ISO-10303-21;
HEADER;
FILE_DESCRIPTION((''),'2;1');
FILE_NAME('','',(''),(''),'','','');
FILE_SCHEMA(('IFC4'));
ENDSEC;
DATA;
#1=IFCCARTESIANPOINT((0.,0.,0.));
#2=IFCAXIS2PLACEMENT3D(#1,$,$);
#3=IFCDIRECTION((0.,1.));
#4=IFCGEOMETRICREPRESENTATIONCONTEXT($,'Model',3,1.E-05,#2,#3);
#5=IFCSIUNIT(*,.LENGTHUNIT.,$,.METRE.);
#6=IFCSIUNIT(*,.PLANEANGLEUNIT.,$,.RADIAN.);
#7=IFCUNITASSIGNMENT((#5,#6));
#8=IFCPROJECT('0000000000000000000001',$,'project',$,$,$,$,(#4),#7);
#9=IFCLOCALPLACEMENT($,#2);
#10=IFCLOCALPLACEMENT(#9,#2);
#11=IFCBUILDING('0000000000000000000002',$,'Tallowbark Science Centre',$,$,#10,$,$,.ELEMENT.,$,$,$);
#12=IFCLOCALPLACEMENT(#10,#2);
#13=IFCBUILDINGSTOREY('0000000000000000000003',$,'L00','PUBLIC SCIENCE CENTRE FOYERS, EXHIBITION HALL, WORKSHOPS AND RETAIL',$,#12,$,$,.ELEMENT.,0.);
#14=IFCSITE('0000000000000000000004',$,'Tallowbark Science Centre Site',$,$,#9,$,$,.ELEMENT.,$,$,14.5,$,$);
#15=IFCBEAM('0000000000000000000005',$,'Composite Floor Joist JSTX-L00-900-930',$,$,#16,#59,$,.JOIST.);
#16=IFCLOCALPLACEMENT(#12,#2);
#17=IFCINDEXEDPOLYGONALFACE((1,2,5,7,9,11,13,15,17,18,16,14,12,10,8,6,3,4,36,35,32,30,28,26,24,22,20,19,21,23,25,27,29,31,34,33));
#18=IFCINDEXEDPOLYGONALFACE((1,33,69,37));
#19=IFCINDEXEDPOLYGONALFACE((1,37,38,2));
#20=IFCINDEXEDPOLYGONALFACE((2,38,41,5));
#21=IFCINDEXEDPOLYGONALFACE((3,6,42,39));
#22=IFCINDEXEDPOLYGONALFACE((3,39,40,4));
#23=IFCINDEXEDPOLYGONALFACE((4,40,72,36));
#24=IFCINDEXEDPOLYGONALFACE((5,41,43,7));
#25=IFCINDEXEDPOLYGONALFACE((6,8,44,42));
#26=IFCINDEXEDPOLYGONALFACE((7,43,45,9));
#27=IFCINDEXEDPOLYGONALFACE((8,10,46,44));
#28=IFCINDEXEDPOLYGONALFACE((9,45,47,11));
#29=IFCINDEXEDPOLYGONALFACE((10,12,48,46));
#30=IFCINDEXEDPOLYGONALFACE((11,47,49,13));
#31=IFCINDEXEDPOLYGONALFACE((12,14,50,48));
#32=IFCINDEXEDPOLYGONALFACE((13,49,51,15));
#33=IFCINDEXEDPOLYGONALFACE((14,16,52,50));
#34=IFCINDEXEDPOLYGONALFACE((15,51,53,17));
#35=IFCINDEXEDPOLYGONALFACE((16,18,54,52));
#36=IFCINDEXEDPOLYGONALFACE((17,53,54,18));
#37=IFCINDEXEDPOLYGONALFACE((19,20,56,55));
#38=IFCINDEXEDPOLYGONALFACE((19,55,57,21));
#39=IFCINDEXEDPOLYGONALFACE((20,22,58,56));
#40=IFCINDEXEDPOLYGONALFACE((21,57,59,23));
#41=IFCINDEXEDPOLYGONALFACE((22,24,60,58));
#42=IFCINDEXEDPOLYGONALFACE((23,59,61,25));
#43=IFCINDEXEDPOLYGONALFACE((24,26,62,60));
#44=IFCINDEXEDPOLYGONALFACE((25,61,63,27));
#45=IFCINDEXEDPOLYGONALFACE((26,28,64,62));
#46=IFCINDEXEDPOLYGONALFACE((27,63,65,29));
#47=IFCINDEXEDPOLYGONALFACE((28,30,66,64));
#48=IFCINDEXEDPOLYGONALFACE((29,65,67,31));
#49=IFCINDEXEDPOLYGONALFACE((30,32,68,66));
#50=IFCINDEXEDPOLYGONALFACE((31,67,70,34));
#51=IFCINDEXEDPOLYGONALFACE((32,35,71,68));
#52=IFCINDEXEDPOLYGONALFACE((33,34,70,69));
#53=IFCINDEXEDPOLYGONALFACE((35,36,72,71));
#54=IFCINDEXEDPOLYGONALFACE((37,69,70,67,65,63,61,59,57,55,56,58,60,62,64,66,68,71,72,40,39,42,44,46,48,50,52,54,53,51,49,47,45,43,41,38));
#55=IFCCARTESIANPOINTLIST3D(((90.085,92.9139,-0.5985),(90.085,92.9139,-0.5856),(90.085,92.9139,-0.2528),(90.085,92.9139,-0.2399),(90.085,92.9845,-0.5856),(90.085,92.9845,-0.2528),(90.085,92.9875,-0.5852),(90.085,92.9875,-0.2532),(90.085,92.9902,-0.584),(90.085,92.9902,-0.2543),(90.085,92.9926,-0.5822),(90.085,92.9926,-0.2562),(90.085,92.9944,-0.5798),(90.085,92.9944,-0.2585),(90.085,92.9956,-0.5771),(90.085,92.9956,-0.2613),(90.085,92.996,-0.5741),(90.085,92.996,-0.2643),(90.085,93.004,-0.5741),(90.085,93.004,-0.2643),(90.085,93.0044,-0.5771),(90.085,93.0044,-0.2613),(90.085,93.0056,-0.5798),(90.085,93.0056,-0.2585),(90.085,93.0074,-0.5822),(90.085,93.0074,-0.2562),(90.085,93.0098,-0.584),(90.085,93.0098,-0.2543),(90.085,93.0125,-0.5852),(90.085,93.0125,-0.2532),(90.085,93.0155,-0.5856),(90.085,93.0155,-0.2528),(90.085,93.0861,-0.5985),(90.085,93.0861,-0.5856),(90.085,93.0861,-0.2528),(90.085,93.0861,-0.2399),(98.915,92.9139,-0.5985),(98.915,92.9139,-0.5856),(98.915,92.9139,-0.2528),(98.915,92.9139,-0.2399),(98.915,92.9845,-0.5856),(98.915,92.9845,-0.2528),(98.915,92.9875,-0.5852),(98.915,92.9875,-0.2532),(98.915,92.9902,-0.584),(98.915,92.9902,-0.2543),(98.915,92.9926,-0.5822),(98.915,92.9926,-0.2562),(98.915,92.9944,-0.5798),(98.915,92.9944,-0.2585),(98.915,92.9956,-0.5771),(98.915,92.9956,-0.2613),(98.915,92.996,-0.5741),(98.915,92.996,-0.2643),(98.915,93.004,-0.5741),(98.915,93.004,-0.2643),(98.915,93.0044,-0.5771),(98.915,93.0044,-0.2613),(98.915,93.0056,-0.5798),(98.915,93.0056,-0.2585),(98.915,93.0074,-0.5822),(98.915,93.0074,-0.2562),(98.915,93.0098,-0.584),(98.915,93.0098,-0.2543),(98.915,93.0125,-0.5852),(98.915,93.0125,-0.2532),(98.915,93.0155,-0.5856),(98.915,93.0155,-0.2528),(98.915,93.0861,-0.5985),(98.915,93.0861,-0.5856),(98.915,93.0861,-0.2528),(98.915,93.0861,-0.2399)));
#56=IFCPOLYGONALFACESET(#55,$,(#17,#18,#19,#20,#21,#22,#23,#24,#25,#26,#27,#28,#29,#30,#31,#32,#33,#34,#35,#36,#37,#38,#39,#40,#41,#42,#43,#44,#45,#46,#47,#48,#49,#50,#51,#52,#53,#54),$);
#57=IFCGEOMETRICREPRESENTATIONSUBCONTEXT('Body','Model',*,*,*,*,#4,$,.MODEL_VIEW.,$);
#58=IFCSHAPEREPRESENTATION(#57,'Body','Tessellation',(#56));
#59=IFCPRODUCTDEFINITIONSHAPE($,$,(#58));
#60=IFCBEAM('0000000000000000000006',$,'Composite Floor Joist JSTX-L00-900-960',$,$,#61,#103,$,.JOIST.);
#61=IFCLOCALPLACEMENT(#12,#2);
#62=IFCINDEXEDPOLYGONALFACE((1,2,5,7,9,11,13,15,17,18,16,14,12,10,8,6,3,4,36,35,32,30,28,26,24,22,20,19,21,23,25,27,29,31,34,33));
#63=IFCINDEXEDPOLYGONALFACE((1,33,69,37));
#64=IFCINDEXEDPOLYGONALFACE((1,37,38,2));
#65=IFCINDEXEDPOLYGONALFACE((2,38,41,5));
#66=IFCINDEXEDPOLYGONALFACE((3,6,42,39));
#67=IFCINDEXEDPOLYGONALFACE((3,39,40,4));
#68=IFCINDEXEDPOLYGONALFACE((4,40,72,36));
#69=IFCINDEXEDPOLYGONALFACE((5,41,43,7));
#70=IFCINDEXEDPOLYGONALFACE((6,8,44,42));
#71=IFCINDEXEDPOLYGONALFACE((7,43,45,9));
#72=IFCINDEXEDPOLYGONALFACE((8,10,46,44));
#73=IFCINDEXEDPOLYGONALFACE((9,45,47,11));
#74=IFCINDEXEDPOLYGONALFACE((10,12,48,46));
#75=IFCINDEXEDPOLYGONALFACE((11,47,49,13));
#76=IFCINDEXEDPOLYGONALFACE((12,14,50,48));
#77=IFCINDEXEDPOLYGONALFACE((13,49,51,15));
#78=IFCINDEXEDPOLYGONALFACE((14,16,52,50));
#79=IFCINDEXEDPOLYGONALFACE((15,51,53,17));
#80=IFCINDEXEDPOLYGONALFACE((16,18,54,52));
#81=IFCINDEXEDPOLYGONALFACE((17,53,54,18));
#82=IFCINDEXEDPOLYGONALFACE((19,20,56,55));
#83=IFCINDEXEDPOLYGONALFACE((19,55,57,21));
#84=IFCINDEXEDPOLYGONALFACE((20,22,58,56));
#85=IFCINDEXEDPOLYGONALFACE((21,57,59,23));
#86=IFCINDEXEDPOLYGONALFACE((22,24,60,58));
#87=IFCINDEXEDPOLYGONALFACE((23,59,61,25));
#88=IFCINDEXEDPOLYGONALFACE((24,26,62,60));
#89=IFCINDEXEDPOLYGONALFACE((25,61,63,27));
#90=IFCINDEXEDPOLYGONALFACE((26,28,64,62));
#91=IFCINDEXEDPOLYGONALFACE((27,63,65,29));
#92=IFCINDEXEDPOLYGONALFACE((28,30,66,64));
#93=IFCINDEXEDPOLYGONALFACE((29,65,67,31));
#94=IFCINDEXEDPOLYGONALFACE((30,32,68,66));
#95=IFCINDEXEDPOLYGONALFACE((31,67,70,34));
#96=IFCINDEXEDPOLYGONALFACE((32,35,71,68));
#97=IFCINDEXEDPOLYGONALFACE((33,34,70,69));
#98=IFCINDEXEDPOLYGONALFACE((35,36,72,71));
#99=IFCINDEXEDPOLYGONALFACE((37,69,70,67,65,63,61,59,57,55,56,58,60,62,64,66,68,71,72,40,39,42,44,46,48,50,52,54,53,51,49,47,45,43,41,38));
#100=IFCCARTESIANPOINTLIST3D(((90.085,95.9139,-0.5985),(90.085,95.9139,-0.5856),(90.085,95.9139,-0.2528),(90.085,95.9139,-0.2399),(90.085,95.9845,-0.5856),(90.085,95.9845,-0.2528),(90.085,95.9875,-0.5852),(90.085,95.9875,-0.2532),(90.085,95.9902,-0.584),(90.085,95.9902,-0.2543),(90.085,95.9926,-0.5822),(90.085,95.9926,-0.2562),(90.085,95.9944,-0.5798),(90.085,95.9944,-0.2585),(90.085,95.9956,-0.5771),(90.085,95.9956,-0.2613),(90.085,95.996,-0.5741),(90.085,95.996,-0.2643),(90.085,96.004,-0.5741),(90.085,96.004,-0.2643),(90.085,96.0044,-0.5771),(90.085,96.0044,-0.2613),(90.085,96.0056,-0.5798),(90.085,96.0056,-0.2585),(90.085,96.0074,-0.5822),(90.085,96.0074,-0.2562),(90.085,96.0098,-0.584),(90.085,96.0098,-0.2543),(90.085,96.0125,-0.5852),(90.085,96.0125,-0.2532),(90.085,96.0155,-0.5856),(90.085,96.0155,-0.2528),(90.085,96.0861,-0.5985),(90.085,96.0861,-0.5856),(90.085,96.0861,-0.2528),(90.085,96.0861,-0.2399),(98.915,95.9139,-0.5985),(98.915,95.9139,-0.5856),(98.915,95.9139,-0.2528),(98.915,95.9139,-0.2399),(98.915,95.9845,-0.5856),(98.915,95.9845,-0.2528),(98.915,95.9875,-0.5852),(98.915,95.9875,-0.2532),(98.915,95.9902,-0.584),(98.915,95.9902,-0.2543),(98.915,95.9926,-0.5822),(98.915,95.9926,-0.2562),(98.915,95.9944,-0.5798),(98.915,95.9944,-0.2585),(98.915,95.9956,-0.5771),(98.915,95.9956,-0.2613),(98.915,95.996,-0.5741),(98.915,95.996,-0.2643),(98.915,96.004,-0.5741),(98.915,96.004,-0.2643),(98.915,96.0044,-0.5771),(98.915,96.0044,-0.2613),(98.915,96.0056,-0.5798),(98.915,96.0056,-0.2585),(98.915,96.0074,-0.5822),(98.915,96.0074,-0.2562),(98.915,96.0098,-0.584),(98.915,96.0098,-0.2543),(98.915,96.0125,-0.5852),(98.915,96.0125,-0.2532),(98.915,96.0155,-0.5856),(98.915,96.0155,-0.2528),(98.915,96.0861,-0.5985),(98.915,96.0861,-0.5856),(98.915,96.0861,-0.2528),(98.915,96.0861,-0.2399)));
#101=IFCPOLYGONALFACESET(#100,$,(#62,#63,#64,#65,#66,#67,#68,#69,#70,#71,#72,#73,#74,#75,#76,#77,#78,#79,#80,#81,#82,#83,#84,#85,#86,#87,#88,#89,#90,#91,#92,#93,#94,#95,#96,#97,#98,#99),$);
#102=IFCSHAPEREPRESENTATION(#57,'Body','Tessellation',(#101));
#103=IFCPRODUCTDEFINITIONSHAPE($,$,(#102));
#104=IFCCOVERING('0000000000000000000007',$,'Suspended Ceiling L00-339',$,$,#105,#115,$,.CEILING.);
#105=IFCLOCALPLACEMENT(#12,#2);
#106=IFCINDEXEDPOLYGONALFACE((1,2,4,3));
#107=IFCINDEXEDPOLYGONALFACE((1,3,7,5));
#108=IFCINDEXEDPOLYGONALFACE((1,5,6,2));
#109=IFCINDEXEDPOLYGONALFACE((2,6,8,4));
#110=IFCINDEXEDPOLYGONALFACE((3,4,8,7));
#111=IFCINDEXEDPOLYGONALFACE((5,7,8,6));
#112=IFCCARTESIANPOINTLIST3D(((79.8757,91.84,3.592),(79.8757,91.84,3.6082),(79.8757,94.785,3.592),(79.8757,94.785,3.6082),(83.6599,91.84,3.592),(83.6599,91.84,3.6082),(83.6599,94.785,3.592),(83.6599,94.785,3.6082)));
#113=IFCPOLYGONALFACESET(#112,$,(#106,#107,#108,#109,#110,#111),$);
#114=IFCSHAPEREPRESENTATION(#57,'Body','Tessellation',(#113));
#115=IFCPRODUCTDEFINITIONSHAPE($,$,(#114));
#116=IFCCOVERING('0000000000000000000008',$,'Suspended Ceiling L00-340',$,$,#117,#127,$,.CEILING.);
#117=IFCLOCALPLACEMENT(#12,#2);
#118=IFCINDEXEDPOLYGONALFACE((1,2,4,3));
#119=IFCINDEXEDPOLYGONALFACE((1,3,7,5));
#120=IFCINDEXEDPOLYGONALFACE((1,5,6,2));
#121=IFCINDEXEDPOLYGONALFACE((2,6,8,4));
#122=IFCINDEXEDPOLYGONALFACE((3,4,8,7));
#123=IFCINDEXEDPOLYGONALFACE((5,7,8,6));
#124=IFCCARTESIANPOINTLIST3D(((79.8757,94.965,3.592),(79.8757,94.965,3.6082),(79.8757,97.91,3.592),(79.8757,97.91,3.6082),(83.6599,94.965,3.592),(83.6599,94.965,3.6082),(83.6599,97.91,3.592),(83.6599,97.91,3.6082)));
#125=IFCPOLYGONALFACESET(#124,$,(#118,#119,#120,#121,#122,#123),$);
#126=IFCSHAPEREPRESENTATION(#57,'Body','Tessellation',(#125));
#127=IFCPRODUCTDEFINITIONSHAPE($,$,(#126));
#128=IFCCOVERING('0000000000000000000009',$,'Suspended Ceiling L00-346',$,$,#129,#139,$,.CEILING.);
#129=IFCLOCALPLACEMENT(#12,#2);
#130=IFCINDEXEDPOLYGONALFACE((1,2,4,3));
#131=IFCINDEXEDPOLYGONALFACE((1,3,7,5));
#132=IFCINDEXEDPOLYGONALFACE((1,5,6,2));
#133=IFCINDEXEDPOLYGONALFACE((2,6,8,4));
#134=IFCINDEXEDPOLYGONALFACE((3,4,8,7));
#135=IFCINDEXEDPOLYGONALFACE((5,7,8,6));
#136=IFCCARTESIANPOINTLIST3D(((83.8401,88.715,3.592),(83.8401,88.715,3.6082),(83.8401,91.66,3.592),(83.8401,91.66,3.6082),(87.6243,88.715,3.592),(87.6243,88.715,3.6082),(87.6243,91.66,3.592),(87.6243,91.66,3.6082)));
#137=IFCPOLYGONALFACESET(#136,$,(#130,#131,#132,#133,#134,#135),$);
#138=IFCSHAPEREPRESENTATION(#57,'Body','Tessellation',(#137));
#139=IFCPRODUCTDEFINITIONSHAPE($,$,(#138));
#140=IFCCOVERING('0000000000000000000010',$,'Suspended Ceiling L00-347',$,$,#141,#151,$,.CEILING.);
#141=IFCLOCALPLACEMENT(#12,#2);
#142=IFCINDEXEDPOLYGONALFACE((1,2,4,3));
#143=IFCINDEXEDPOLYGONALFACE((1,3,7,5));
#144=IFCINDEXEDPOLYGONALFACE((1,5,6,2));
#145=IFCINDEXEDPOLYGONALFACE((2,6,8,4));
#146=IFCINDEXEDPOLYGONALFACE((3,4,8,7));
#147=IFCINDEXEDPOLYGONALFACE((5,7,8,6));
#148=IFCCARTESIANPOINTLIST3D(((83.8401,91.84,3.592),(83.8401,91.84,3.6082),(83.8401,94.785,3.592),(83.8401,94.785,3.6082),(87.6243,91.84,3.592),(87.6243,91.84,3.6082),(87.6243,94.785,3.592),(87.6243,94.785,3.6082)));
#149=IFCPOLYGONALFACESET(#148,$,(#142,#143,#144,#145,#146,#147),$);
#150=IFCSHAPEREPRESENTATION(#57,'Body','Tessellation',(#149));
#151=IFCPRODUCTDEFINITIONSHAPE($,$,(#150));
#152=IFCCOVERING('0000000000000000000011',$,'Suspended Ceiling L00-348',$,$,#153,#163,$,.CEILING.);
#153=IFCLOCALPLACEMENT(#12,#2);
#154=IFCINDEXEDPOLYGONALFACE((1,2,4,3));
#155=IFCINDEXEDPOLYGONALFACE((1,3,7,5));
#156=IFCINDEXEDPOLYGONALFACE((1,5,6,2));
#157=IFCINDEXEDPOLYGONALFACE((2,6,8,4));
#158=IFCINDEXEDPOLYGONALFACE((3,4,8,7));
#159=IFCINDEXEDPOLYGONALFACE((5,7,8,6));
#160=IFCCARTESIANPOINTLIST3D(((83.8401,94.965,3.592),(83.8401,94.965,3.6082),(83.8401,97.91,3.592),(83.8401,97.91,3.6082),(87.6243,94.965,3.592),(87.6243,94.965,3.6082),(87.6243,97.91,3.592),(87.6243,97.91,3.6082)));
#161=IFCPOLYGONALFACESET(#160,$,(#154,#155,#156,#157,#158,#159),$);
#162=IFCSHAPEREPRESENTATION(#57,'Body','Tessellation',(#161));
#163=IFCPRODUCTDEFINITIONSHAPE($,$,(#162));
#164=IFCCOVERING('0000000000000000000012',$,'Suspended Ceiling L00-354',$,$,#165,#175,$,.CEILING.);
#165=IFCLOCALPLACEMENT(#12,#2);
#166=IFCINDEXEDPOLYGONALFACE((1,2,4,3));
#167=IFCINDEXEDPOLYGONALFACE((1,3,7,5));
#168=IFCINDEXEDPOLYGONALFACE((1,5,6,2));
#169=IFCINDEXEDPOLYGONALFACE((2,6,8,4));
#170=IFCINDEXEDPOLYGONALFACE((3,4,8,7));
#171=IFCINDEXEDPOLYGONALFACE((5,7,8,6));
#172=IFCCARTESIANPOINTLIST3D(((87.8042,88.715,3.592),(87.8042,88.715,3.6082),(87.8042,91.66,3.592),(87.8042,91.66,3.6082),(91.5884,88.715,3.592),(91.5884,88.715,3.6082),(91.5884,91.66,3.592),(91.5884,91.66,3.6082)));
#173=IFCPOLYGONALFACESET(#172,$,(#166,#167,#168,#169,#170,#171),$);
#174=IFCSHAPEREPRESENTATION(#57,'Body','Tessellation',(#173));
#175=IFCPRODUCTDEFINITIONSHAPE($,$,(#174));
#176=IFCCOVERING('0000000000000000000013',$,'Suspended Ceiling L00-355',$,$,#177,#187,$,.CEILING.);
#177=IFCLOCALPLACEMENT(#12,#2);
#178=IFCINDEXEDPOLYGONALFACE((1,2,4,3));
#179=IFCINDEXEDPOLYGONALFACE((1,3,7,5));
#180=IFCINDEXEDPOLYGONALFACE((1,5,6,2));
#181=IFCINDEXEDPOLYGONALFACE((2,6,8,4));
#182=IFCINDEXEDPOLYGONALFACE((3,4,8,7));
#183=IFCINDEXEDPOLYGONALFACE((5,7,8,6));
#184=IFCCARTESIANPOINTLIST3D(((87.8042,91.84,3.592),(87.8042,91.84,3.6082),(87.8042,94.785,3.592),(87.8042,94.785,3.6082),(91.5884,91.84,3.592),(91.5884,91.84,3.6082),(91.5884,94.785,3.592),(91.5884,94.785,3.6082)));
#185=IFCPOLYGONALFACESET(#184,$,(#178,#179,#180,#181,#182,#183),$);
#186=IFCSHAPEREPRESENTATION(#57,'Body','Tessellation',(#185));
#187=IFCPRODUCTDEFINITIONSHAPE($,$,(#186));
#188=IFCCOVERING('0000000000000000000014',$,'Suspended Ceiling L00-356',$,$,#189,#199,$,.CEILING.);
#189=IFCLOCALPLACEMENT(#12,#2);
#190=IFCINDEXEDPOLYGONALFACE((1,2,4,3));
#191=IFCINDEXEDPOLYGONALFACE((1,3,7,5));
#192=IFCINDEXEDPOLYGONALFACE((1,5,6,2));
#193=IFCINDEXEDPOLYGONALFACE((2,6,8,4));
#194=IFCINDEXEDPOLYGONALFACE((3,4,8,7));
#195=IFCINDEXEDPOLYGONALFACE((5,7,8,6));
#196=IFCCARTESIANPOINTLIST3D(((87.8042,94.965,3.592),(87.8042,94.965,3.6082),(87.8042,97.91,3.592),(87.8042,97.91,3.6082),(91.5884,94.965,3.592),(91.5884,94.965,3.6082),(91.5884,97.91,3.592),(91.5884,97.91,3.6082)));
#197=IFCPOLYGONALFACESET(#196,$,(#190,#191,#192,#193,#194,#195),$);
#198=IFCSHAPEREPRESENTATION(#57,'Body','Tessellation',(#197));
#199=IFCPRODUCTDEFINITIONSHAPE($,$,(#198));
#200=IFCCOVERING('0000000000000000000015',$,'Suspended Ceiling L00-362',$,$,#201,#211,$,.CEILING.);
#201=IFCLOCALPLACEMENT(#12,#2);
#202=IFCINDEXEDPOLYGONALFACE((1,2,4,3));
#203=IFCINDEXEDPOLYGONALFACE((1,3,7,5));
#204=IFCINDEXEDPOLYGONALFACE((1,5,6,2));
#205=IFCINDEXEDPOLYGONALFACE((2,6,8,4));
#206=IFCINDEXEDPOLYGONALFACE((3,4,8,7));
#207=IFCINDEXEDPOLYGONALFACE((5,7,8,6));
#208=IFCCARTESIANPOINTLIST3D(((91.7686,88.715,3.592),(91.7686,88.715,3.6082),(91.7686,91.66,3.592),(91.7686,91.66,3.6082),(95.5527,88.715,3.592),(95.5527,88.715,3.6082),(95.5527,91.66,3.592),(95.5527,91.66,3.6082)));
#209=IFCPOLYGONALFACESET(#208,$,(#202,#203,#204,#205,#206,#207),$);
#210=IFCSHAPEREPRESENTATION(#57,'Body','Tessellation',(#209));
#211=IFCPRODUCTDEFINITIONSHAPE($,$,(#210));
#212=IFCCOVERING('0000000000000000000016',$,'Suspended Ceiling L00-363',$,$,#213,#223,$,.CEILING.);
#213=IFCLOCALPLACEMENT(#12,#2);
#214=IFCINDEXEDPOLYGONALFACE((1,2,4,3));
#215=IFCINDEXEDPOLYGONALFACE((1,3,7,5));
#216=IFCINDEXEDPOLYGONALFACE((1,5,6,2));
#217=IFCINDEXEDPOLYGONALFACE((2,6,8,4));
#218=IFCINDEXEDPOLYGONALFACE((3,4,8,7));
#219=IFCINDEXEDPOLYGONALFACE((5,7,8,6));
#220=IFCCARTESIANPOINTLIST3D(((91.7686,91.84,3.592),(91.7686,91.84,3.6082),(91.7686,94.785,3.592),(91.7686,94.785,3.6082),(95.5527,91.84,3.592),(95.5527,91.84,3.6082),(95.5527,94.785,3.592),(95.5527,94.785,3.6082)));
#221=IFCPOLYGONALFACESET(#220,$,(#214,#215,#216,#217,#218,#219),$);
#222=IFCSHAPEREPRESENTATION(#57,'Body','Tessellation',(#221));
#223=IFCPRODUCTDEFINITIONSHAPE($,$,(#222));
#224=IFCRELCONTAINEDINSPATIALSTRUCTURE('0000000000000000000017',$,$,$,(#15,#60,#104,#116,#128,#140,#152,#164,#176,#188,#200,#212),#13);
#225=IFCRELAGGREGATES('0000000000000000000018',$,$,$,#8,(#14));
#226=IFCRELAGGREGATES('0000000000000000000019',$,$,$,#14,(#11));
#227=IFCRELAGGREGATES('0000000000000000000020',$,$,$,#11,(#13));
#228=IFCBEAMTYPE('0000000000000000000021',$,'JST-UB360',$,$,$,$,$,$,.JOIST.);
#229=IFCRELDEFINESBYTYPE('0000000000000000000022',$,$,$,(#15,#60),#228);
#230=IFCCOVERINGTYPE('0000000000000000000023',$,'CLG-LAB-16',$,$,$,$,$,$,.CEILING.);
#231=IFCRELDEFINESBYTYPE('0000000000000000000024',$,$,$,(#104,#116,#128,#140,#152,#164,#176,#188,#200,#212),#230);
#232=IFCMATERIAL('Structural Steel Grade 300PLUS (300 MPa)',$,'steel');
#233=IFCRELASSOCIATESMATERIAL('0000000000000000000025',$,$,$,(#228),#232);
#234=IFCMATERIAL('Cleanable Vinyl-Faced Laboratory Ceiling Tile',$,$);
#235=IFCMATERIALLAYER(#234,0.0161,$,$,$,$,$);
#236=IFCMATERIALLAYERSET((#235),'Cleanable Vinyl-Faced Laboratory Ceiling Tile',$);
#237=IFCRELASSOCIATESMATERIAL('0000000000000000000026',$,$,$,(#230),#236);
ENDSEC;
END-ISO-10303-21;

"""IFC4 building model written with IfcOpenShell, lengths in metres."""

from ifc_helpers import new_model, si_unit, direction, frame, origin, origin_2d, place, context, subcontext, project, spatial, rectangle, i_section, extrude, material, layer, layer_set, material_profile, profile_set, type_object, element, save


model = new_model("IFC4")

# Units and contexts
model_context = context("Model", 3, precision=1e-05, world=origin(), true_north=direction((0.0, 1.0)))
body_context = subcontext(model_context, "Body", "Model", "MODEL_VIEW")
ifc_project = project(units=[si_unit("LENGTHUNIT", "METRE"), si_unit("PLANEANGLEUNIT", "RADIAN")], contexts=[model_context])

# Site, building, storey
site_placement = place(None, origin())
site = spatial("IfcSite", under=ifc_project, at=site_placement, Name="Tallowbark Science Centre Site", CompositionType="ELEMENT", RefElevation=14.5)
building_placement = place(site_placement, origin())
building = spatial("IfcBuilding", under=site, at=building_placement, Name="Tallowbark Science Centre", CompositionType="ELEMENT")
storey_placement = place(building_placement, origin())
storey = spatial("IfcBuildingStorey", under=building, at=storey_placement, Name="L00", Description="PUBLIC SCIENCE CENTRE FOYERS, EXHIBITION HALL, WORKSHOPS AND RETAIL", CompositionType="ELEMENT", Elevation=0.0)

# Beams
ifc_material_1 = material(Name="Structural Steel Grade 300PLUS (300 MPa)", Category="steel")
ifc_material_profile = material_profile(ifc_material_1, i_section(OverallWidth=0.1721, OverallDepth=0.3586, WebThickness=0.0081, FlangeThickness=0.0129, FilletRadius=0.0115, at=origin_2d()), Name="360UB56.7")
ifc_profile_set = profile_set([ifc_material_profile], Name="Structural Steel Grade 300PLUS (300 MPa)")
beam_type = type_object("IfcBeamType", Name="JST-UB360", PredefinedType="JOIST", material=ifc_profile_set)
for number, where, z_axis, x_axis, name in (
    (1, (90.085, 93.0, -0.4192), (1.0, 0.0, 0.0), (0.0, 1.0, 0.0), "Composite Floor Joist JSTX-L00-900-930"),
    (2, (90.085, 96.0, -0.4192), (1.0, 0.0, 0.0), (0.0, 1.0, 0.0), "Composite Floor Joist JSTX-L00-900-960"),
):
    element("IfcBeam", number, at=place(storey_placement, frame(where, z_axis=z_axis, x_axis=x_axis)), inside=storey, type_object=beam_type, Name=name, PredefinedType="JOIST", context=body_context, shape_type="SweptSolid", body=[
        extrude(i_section(OverallWidth=0.1721, OverallDepth=0.3586, WebThickness=0.0081, FlangeThickness=0.0129, FilletRadius=0.0115, at=origin_2d()), origin(), (0.0, 0.0, 1.0), 8.8301),
    ])

# Coverings
ifc_material_2 = material(Name="Cleanable Vinyl-Faced Laboratory Ceiling Tile")
ifc_layer_1 = layer(ifc_material_2, 0.0161)
ifc_layer_set_1 = layer_set([ifc_layer_1], Name="Cleanable Vinyl-Faced Laboratory Ceiling Tile")
covering_type_1 = type_object("IfcCoveringType", Name="CLG-LAB-16", PredefinedType="CEILING", material=ifc_layer_set_1)
for number, where, z_axis, x_axis, name in (
    (3, (81.7678, 93.3125, 3.592), (0.0, 0.0, 1.0), (1.0, 0.0, 0.0), "Suspended Ceiling L00-339"),
    (4, (81.7678, 96.4375, 3.592), (0.0, 0.0, 1.0), (1.0, 0.0, 0.0), "Suspended Ceiling L00-340"),
    (5, (85.7322, 90.1875, 3.592), (0.0, 0.0, 1.0), (1.0, 0.0, 0.0), "Suspended Ceiling L00-346"),
    (6, (85.7322, 93.3125, 3.592), (0.0, 0.0, 1.0), (1.0, 0.0, 0.0), "Suspended Ceiling L00-347"),
    (7, (85.7322, 96.4375, 3.592), (0.0, 0.0, 1.0), (1.0, 0.0, 0.0), "Suspended Ceiling L00-348"),
    (8, (89.6963, 90.1875, 3.592), (0.0, 0.0, 1.0), (1.0, 0.0, 0.0), "Suspended Ceiling L00-354"),
    (9, (89.6963, 93.3125, 3.592), (0.0, 0.0, 1.0), (1.0, 0.0, 0.0), "Suspended Ceiling L00-355"),
    (10, (89.6963, 96.4375, 3.592), (0.0, 0.0, 1.0), (1.0, 0.0, 0.0), "Suspended Ceiling L00-356"),
    (11, (93.6606, 90.1875, 3.592), (0.0, 0.0, 1.0), (1.0, 0.0, 0.0), "Suspended Ceiling L00-362"),
    (12, (93.6606, 93.3125, 3.592), (0.0, 0.0, 1.0), (1.0, 0.0, 0.0), "Suspended Ceiling L00-363"),
):
    element("IfcCovering", number, at=place(storey_placement, frame(where, z_axis=z_axis, x_axis=x_axis)), inside=storey, type_object=covering_type_1, Name=name, PredefinedType="CEILING", context=body_context, shape_type="SweptSolid", body=[
        extrude(rectangle(XDim=3.7842, YDim=2.9451, at=origin_2d()), origin(), (0.0, 0.0, 1.0), 0.0161),
    ])

save(model, "model.ifc")
